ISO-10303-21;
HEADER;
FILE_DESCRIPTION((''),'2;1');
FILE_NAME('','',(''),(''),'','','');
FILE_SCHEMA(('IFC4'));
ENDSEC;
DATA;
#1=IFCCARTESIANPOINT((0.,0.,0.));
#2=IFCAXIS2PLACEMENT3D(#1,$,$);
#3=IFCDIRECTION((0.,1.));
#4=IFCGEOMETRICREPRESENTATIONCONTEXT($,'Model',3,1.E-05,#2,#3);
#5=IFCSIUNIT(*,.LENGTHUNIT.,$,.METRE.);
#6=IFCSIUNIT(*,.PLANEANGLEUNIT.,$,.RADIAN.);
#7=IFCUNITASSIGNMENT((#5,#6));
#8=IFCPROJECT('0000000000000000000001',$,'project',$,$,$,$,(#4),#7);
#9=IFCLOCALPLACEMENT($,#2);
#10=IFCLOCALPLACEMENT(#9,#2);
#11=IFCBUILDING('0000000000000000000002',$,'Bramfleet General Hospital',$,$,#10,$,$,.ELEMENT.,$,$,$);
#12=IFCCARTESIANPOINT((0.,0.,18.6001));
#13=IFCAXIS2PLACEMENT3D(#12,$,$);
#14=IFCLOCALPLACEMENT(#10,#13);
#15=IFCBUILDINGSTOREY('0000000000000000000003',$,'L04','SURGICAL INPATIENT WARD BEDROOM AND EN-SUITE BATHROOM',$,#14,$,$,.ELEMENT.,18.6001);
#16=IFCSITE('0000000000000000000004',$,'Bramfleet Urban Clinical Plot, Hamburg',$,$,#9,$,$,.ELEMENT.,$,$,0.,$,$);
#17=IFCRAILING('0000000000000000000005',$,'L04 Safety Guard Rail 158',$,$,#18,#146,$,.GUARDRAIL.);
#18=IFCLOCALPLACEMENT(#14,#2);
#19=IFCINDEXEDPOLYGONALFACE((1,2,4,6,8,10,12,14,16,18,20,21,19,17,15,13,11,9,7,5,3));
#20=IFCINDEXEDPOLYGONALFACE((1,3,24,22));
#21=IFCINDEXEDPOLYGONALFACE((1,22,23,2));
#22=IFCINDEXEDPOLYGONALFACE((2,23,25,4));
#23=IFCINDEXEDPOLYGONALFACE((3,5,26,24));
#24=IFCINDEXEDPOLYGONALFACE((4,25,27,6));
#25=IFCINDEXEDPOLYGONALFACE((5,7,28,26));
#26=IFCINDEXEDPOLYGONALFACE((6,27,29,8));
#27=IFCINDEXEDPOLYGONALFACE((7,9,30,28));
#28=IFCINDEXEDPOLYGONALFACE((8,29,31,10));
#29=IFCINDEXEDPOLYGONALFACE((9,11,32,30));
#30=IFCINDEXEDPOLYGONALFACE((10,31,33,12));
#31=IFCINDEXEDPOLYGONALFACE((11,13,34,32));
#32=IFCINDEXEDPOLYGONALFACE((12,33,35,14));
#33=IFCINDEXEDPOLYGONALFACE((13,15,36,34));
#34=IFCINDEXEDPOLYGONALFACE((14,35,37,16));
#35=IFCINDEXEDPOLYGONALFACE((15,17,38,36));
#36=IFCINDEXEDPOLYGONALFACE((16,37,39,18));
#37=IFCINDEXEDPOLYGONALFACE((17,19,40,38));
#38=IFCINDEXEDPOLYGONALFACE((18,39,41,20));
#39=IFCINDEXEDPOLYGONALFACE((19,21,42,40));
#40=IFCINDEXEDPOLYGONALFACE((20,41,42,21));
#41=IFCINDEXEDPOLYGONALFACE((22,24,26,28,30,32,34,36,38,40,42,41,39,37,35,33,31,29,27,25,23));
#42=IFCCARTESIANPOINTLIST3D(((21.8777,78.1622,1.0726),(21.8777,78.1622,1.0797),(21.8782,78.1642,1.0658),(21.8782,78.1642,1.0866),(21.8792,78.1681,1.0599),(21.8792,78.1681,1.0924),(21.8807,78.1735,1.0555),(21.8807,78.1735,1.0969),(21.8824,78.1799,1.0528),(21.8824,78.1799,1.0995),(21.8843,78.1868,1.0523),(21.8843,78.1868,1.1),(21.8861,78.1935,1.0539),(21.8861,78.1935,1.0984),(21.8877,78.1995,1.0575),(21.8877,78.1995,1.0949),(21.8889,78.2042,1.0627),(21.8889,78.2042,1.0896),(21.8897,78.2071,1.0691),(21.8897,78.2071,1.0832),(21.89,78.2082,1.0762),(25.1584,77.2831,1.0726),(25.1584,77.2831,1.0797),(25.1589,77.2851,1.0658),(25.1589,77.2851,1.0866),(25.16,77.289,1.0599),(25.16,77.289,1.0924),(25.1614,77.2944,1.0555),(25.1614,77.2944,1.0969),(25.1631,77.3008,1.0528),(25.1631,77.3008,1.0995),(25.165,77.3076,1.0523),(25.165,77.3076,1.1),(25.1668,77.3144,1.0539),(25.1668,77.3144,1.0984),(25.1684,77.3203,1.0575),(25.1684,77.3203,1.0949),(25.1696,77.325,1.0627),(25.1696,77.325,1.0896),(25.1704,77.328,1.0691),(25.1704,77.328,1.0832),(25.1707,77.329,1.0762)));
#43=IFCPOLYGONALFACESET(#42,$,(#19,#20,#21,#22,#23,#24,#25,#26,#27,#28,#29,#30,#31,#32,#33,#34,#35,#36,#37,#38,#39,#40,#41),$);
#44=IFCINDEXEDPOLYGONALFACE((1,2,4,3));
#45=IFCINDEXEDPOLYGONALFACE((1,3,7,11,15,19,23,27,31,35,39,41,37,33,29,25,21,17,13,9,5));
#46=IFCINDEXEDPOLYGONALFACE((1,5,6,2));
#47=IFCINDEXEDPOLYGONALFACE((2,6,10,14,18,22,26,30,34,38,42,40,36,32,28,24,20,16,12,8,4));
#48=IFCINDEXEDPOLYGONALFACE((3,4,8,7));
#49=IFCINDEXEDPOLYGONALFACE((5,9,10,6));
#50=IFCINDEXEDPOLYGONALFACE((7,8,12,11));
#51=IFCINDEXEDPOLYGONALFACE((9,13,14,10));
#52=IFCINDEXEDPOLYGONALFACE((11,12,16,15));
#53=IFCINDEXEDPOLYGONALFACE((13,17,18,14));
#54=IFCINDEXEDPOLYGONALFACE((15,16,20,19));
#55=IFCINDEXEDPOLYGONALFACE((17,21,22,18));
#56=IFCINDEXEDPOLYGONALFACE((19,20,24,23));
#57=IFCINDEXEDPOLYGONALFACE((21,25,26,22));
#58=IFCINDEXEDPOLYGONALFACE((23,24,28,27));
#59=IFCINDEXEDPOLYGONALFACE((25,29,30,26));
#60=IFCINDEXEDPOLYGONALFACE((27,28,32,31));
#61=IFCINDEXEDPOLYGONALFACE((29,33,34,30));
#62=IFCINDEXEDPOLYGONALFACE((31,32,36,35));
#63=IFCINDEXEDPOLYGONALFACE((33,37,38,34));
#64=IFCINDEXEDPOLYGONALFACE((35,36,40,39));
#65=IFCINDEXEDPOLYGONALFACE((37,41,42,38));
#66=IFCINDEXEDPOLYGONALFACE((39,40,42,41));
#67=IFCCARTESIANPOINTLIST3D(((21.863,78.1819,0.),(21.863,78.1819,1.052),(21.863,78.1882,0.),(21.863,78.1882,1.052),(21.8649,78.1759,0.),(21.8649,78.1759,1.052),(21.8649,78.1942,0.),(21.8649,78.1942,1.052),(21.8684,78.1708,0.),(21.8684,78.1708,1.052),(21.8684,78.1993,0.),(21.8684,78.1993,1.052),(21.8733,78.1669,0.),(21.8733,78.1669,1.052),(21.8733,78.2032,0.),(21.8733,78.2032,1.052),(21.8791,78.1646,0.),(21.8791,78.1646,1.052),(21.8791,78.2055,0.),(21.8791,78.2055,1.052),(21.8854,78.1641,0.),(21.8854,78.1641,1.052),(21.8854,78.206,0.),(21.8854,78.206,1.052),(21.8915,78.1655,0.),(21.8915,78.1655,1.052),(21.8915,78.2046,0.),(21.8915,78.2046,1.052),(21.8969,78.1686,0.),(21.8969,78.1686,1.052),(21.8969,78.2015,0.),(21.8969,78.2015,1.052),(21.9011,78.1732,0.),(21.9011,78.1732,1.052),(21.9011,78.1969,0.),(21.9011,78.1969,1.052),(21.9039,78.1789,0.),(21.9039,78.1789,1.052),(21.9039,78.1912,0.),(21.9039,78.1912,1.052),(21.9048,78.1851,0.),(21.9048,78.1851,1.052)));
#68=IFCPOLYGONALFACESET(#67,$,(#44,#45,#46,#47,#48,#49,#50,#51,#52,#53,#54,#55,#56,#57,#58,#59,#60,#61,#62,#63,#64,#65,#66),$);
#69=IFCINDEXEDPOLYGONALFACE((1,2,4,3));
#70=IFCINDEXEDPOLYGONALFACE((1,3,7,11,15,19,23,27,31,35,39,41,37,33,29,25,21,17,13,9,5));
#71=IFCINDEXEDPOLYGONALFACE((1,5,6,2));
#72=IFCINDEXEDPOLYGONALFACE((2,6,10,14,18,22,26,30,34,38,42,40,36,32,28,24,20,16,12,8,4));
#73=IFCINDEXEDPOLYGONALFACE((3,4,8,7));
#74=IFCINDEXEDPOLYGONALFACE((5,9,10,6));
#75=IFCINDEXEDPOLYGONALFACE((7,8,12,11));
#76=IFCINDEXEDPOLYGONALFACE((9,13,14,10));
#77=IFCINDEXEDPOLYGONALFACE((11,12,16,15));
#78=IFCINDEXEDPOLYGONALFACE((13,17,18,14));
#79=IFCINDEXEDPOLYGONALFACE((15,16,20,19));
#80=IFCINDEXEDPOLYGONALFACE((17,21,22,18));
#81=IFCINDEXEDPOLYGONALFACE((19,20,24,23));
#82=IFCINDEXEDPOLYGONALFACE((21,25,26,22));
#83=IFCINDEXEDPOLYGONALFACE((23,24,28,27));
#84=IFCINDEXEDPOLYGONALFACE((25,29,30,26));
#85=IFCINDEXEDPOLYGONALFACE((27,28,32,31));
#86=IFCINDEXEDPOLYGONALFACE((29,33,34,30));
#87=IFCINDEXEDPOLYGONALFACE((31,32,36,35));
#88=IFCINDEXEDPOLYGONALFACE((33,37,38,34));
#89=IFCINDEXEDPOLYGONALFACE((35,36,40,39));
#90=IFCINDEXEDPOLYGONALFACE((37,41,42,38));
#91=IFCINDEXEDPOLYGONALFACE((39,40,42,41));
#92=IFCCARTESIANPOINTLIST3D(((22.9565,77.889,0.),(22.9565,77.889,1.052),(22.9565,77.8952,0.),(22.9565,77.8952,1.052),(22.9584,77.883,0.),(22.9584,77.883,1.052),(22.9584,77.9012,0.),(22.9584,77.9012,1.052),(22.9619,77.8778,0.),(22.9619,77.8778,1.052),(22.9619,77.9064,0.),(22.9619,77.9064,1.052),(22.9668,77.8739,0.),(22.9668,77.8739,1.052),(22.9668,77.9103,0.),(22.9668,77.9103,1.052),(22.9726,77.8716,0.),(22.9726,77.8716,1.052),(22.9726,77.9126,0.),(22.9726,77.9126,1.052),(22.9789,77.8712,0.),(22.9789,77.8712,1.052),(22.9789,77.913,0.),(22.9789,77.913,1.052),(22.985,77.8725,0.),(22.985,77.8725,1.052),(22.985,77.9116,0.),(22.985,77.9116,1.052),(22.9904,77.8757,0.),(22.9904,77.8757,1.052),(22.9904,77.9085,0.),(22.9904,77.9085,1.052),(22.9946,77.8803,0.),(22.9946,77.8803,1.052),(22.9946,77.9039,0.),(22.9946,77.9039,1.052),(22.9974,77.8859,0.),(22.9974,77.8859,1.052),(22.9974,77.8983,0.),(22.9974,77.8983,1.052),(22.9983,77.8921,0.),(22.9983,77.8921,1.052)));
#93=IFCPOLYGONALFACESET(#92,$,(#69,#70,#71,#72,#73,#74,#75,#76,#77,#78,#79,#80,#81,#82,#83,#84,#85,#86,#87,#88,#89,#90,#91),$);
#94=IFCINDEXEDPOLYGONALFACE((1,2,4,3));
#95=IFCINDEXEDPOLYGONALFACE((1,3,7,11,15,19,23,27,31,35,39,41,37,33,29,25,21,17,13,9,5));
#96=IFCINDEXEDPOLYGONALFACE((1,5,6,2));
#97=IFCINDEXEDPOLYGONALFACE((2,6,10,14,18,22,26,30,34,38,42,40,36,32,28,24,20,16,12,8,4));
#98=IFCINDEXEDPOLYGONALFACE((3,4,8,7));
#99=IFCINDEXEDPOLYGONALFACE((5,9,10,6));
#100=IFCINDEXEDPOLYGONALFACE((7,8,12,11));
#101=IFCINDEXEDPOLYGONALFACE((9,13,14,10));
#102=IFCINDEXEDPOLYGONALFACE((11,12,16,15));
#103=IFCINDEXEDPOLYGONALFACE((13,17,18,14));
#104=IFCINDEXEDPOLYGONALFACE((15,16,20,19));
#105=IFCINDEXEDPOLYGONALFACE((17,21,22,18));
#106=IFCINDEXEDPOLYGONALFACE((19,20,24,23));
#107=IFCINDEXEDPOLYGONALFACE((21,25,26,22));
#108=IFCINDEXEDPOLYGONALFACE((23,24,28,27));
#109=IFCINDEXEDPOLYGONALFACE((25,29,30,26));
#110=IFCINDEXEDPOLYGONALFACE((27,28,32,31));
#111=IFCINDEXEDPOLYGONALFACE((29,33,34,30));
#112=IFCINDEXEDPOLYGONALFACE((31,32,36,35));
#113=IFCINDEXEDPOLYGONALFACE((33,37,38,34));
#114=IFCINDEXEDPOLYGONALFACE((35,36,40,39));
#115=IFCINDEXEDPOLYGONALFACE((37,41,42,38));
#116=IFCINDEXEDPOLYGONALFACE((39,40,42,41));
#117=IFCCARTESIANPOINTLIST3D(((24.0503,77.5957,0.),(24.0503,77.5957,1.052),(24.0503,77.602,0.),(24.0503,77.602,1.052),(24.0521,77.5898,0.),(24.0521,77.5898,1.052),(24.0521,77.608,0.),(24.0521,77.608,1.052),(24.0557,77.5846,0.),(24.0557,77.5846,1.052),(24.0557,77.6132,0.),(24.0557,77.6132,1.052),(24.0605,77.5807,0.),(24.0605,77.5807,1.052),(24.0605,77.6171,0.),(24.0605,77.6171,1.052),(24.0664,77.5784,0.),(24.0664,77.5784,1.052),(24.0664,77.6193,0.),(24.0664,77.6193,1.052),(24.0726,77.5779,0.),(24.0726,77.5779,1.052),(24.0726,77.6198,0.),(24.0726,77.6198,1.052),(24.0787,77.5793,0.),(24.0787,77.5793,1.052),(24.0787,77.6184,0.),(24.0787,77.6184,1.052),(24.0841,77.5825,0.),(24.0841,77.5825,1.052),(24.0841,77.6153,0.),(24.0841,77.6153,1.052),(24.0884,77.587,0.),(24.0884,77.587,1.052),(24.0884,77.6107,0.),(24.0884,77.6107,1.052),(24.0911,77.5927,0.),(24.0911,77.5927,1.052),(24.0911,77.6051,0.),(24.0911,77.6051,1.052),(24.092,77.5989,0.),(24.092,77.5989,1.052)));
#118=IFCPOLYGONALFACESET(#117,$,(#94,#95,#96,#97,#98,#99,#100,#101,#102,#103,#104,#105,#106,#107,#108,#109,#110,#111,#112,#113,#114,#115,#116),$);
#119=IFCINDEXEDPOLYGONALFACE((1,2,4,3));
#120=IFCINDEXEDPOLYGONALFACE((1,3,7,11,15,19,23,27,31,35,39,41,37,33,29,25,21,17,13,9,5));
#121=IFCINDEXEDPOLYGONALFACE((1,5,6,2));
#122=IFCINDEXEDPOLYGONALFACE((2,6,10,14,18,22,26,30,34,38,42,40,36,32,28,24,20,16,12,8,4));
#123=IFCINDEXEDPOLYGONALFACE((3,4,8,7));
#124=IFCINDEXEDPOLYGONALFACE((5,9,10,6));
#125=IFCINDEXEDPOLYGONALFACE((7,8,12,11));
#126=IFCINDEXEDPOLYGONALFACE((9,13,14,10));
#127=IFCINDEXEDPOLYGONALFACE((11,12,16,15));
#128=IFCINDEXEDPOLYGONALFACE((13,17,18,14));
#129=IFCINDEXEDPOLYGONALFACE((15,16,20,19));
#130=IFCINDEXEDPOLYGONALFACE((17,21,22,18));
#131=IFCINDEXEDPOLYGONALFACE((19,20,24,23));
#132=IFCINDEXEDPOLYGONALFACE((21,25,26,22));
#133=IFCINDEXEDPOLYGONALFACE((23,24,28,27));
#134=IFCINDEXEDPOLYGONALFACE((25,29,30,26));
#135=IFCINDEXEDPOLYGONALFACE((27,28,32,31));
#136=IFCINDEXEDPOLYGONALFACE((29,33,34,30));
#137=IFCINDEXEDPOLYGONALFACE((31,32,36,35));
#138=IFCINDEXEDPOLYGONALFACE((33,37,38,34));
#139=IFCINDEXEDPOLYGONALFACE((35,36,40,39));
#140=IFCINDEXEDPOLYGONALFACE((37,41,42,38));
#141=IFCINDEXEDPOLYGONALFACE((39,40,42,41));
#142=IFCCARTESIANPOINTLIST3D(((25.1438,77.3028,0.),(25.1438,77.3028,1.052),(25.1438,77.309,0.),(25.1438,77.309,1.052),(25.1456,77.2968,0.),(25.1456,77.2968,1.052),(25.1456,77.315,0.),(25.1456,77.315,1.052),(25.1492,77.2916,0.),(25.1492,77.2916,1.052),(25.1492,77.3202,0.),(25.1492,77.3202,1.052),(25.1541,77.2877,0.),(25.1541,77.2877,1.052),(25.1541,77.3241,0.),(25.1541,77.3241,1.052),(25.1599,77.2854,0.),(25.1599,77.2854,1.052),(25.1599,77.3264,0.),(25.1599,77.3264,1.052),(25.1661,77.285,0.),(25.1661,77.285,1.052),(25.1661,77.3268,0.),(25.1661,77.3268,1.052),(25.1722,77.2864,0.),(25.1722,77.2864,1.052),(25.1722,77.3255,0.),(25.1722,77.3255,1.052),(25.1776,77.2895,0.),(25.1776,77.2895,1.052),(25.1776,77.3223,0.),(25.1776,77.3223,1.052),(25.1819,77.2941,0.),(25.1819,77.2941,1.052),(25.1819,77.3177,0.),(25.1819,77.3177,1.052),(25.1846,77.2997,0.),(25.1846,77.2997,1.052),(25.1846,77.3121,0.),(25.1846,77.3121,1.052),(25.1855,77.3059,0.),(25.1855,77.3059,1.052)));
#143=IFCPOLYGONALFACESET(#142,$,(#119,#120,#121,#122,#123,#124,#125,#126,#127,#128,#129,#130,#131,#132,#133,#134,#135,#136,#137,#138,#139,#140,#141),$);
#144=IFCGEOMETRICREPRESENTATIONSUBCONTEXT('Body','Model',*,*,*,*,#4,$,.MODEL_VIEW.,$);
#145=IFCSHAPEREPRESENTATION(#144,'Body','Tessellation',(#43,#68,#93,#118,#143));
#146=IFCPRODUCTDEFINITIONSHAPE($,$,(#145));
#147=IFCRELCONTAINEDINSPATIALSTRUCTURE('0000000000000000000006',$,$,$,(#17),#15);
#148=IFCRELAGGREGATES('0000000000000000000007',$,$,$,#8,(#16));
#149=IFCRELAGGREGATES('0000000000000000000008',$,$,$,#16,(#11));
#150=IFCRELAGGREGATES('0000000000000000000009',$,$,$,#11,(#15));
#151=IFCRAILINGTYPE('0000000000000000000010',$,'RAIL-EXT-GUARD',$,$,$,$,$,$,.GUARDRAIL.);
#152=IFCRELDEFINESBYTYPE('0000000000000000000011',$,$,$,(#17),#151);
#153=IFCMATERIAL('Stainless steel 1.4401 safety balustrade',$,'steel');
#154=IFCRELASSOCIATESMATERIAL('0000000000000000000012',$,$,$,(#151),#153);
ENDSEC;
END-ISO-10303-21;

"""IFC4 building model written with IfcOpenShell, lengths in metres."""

from ifc_helpers import new_model, si_unit, direction, frame, origin, origin_2d, place, context, subcontext, project, spatial, circle, extrude, material, type_object, element, save


model = new_model("IFC4")

# Units and contexts
model_context = context("Model", 3, precision=1e-05, world=origin(), true_north=direction((0.0, 1.0)))
body_context = subcontext(model_context, "Body", "Model", "MODEL_VIEW")
ifc_project = project(units=[si_unit("LENGTHUNIT", "METRE"), si_unit("PLANEANGLEUNIT", "RADIAN")], contexts=[model_context])

# Site, building, storey
site_placement = place(None, origin())
site = spatial("IfcSite", under=ifc_project, at=site_placement, Name="Bramfleet Urban Clinical Plot, Hamburg", CompositionType="ELEMENT", RefElevation=0.0)
building_placement = place(site_placement, origin())
building = spatial("IfcBuilding", under=site, at=building_placement, Name="Bramfleet General Hospital", CompositionType="ELEMENT")
storey_placement = place(building_placement, frame((0.0, 0.0, 18.6001)))
storey = spatial("IfcBuildingStorey", under=building, at=storey_placement, Name="L04", Description="SURGICAL INPATIENT WARD BEDROOM AND EN-SUITE BATHROOM", CompositionType="ELEMENT", Elevation=18.6001)

# Railing
ifc_material_1 = material(Name="Stainless steel 1.4401 safety balustrade", Category="steel")
railing_type = type_object("IfcRailingType", Name="RAIL-EXT-GUARD", PredefinedType="GUARDRAIL", material=ifc_material_1)
railing_1_placement = place(storey_placement, frame((21.8838, 78.1851, 0.0)))
element("IfcRailing", 1, at=railing_1_placement, inside=storey, type_object=railing_type, Name="L04 Safety Guard Rail 158", PredefinedType="GUARDRAIL", context=body_context, shape_type="SweptSolid", body=[
    extrude(circle(Radius=0.0239, at=origin_2d()), frame((0.0, 0.0, 1.0762), z_axis=(0.96592, -0.258839, 0.0), x_axis=(0.258839, 0.96592, 0.0)), (0.0, 0.0, 1.0), 3.3965),
    extrude(circle(Radius=0.021, at=origin_2d()), origin(), (0.0, 0.0, 1.0), 1.052),
    extrude(circle(Radius=0.021, at=origin_2d()), frame((1.0935, -0.293, 0.0)), (0.0, 0.0, 1.0), 1.052),
    extrude(circle(Radius=0.021, at=origin_2d()), frame((2.1873, -0.5862, 0.0)), (0.0, 0.0, 1.0), 1.052),
    extrude(circle(Radius=0.021, at=origin_2d()), frame((3.2808, -0.8792, 0.0)), (0.0, 0.0, 1.0), 1.052),
])

save(model, "model.ifc")
